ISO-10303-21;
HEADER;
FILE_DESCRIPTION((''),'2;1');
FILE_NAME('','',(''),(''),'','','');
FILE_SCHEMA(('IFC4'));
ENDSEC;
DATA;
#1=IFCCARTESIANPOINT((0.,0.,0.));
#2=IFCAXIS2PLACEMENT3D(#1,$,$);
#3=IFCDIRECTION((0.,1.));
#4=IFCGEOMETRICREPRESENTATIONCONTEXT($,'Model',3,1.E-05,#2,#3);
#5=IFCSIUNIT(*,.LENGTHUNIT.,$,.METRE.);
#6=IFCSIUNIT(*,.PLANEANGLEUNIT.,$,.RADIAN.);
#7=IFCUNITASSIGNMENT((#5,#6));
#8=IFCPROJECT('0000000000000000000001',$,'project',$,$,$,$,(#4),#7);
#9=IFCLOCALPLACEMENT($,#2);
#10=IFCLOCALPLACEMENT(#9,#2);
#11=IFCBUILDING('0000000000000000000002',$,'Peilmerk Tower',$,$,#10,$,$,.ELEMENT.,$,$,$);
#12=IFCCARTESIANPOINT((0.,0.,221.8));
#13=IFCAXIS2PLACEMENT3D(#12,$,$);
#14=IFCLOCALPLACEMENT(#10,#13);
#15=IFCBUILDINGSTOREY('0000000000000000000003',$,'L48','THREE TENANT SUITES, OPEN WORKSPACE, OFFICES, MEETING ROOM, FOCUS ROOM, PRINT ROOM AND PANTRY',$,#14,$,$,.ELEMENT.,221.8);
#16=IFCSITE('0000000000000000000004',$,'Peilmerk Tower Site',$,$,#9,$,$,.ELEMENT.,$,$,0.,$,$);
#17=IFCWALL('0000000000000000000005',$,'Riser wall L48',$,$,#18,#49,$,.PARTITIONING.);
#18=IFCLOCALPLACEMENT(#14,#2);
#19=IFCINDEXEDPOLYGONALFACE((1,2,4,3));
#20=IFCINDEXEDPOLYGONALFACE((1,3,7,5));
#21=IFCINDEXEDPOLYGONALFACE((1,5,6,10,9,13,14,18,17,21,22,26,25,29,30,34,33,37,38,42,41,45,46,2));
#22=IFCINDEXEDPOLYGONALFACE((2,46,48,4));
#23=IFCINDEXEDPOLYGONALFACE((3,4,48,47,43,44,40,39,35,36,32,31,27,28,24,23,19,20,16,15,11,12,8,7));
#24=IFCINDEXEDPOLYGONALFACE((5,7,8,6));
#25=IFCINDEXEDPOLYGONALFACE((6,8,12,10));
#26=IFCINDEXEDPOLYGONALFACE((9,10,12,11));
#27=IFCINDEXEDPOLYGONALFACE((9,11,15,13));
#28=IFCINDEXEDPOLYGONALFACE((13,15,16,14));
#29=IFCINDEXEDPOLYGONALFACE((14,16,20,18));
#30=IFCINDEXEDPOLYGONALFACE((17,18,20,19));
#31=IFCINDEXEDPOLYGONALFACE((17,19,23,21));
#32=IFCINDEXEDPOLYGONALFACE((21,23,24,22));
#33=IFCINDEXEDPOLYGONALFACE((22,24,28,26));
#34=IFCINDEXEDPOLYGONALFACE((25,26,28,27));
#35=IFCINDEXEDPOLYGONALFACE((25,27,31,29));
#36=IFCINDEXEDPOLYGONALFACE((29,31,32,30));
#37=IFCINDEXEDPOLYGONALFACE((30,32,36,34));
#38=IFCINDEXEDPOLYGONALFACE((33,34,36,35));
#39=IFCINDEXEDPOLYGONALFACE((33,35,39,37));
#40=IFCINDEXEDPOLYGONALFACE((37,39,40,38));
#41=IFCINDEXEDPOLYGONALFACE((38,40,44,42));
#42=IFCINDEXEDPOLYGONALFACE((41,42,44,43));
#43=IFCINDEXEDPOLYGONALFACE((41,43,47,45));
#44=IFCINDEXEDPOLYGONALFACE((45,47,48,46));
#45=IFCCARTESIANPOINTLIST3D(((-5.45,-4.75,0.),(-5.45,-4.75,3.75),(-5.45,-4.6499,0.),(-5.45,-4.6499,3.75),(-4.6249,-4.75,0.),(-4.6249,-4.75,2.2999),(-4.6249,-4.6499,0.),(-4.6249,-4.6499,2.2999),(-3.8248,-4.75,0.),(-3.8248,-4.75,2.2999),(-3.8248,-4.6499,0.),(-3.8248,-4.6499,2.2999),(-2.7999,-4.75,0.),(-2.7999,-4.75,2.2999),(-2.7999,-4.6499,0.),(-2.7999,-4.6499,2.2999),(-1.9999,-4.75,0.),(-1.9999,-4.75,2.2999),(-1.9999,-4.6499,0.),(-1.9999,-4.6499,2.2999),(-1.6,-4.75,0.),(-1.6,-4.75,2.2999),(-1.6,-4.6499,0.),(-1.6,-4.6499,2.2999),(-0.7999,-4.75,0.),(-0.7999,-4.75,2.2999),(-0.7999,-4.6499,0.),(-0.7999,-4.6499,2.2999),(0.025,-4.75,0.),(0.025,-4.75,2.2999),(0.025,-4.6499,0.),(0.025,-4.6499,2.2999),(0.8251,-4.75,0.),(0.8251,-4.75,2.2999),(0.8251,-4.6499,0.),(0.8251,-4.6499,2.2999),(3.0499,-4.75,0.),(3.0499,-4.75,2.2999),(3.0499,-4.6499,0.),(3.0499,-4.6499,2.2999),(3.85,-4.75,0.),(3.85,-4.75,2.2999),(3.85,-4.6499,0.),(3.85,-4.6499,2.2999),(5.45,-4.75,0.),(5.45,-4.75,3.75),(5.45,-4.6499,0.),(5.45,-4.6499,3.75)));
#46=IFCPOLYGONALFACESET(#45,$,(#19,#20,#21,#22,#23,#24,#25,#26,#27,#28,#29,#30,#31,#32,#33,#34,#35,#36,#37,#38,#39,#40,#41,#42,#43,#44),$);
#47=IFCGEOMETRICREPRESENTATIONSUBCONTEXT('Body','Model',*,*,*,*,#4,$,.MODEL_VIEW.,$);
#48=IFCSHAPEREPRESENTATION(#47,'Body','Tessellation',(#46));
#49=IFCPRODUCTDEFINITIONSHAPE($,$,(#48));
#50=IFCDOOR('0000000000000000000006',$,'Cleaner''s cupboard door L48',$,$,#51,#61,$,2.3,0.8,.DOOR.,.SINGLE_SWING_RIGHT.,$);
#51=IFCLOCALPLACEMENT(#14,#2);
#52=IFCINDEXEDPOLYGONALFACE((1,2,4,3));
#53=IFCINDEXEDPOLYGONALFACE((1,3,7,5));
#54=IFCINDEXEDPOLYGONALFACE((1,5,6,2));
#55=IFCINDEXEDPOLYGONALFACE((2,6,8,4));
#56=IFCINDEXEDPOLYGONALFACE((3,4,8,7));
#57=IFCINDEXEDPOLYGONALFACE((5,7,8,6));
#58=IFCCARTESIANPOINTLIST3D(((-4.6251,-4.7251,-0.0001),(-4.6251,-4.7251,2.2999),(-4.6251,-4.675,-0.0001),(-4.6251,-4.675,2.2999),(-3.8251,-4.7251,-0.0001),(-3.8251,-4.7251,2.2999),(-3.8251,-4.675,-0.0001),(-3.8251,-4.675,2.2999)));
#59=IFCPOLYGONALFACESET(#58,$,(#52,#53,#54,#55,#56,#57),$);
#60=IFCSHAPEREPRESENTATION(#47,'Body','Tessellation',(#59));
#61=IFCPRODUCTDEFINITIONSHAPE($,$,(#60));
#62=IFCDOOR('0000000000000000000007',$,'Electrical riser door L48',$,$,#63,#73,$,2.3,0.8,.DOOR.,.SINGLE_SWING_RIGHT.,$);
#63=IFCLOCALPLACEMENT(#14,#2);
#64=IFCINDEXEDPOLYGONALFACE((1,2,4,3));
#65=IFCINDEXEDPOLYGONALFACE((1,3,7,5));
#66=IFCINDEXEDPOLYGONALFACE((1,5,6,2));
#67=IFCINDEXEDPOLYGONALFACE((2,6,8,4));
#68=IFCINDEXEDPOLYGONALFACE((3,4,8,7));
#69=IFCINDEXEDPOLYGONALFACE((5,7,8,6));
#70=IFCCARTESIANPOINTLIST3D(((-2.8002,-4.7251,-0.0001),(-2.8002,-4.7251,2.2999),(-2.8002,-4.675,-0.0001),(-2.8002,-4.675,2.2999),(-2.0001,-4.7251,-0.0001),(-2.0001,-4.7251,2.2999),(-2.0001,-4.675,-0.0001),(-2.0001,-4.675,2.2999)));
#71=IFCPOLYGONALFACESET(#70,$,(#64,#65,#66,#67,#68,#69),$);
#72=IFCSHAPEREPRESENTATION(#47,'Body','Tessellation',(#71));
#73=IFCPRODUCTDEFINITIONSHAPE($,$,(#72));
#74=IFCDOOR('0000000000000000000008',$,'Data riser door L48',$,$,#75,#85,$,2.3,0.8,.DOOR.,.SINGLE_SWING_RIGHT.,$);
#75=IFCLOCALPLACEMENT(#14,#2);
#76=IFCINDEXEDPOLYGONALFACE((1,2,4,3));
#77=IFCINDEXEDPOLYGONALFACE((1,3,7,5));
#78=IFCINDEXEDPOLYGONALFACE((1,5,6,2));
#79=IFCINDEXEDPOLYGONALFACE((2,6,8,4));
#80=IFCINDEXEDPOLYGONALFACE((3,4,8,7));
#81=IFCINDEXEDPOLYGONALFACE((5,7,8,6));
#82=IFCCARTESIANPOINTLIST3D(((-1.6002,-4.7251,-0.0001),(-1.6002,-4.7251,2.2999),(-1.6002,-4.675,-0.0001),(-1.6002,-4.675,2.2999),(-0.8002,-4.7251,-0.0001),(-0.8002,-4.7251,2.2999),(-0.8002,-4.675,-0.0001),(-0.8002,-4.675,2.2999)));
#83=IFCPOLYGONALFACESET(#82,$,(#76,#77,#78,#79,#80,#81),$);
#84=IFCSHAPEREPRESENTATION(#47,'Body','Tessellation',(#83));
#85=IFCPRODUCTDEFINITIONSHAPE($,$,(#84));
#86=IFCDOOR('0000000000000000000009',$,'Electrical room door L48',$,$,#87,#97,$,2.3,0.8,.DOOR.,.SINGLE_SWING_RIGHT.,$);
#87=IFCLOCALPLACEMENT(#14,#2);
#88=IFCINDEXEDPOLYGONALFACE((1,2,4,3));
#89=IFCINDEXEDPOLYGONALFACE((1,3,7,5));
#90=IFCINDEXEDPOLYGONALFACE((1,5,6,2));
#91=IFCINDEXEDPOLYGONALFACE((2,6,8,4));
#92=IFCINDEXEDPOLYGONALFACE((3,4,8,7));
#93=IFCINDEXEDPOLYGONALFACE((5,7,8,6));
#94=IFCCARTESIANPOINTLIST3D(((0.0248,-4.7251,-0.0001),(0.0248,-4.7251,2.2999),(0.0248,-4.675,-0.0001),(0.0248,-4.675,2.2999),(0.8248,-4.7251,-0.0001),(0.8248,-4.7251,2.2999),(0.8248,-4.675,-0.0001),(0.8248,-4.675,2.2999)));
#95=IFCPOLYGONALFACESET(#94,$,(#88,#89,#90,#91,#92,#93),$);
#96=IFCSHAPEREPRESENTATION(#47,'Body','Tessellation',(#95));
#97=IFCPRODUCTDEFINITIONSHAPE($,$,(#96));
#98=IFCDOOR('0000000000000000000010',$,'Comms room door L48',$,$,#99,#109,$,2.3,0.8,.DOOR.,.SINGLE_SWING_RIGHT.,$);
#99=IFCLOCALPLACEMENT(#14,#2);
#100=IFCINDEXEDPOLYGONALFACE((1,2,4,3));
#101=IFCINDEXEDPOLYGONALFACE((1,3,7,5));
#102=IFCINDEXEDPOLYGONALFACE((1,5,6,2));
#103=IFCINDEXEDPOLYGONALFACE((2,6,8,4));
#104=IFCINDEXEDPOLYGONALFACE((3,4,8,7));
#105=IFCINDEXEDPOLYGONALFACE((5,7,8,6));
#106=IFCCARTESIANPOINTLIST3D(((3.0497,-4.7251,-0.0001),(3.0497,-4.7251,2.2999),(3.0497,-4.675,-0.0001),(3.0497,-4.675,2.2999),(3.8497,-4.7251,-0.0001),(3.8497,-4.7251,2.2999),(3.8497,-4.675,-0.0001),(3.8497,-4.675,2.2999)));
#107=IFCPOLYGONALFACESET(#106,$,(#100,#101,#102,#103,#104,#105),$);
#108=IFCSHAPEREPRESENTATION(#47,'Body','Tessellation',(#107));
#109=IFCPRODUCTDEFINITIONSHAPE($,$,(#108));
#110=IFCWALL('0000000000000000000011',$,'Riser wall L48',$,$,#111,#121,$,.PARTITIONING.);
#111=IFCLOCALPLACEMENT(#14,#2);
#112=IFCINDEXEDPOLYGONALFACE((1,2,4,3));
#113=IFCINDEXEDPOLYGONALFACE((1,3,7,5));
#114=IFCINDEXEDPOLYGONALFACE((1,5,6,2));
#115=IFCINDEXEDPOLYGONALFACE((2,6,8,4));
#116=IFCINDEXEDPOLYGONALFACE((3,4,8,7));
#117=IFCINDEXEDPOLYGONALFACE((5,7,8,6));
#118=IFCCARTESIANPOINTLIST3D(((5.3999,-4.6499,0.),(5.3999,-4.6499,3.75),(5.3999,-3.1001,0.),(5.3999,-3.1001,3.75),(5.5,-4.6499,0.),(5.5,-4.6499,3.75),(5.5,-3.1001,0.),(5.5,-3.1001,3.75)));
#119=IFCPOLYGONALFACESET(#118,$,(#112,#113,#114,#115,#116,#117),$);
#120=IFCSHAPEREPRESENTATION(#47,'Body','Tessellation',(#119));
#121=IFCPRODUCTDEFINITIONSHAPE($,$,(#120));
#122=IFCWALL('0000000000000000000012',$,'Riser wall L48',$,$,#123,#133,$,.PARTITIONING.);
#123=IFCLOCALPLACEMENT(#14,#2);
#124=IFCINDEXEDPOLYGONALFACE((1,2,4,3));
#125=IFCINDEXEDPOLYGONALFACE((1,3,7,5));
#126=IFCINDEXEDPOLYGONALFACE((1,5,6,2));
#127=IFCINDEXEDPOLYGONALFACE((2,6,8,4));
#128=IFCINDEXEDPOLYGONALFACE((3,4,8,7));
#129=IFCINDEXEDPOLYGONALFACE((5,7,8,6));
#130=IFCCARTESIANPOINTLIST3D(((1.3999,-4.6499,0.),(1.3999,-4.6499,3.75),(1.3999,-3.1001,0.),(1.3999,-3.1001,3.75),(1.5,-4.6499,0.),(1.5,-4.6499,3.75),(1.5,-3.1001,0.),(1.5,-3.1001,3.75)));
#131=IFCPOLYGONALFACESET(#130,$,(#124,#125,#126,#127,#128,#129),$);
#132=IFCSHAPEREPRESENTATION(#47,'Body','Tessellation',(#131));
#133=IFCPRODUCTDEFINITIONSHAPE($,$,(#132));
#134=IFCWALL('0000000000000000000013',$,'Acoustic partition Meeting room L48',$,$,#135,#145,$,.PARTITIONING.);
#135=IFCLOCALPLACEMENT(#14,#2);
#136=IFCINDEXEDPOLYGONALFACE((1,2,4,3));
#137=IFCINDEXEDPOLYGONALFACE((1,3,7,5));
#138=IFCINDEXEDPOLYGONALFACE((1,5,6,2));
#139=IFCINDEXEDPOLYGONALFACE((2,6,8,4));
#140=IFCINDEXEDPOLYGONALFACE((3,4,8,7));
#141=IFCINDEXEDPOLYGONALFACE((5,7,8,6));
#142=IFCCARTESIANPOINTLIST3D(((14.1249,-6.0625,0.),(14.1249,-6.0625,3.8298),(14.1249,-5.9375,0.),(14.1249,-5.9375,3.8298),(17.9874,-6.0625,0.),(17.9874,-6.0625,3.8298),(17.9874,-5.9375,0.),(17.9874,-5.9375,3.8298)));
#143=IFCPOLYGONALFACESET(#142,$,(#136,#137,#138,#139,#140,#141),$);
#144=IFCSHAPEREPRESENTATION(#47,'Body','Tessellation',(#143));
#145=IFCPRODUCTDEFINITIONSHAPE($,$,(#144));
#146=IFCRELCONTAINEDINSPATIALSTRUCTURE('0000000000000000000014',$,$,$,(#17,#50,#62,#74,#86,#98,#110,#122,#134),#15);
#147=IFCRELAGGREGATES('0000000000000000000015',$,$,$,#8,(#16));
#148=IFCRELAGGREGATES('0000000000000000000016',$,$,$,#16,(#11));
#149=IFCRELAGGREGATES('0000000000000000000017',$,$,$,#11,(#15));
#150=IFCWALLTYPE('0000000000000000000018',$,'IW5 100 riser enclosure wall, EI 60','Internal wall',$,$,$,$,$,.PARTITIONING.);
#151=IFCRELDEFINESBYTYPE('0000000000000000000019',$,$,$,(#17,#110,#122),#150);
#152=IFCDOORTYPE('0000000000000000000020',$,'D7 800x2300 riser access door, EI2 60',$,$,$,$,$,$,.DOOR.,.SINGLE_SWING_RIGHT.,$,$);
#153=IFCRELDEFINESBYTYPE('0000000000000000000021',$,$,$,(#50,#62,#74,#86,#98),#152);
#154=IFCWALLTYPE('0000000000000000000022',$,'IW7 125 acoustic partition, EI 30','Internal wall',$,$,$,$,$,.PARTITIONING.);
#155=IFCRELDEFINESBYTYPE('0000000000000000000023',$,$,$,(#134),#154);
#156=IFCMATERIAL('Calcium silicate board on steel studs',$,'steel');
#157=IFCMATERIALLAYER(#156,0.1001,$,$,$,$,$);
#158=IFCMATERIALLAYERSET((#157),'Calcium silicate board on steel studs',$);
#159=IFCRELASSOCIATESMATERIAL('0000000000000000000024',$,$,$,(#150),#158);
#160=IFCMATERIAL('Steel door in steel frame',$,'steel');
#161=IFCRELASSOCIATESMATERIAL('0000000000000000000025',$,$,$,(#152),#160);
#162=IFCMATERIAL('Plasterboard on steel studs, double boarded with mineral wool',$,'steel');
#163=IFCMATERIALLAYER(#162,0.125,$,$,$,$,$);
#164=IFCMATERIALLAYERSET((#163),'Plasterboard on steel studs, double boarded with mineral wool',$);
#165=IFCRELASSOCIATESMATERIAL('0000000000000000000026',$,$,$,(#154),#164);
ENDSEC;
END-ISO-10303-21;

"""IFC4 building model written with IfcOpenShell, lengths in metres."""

from ifc_helpers import new_model, si_unit, direction, frame, frame_2d, origin, place, context, subcontext, project, spatial, rectangle, extrude, material, layer, layer_set, type_object, element, fill, save


model = new_model("IFC4")

# Units and contexts
model_context = context("Model", 3, precision=1e-05, world=origin(), true_north=direction((0.0, 1.0)))
body_context = subcontext(model_context, "Body", "Model", "MODEL_VIEW")
ifc_project = project(units=[si_unit("LENGTHUNIT", "METRE"), si_unit("PLANEANGLEUNIT", "RADIAN")], contexts=[model_context])

# Site, building, storey
site_placement = place(None, origin())
site = spatial("IfcSite", under=ifc_project, at=site_placement, Name="Peilmerk Tower Site", CompositionType="ELEMENT", RefElevation=0.0)
building_placement = place(site_placement, origin())
building = spatial("IfcBuilding", under=site, at=building_placement, Name="Peilmerk Tower", CompositionType="ELEMENT")
storey_placement = place(building_placement, frame((0.0, 0.0, 221.8)))
storey = spatial("IfcBuildingStorey", under=building, at=storey_placement, Name="L48", Description="THREE TENANT SUITES, OPEN WORKSPACE, OFFICES, MEETING ROOM, FOCUS ROOM, PRINT ROOM AND PANTRY", CompositionType="ELEMENT", Elevation=221.8)

# Shared definitions
ifc_material_1 = material(Name="Steel door in steel frame", Category="steel")

# Shared definitions
ifc_material_2 = material(Name="Calcium silicate board on steel studs", Category="steel")
ifc_layer_1 = layer(ifc_material_2, 0.1001)
ifc_layer_set_1 = layer_set([ifc_layer_1], Name="Calcium silicate board on steel studs")
wall_type_1 = type_object("IfcWallType", Name="IW5 100 riser enclosure wall, EI 60", Description="Internal wall", PredefinedType="PARTITIONING", material=ifc_layer_set_1)

# Wall, openings, doors
wall_1_placement = place(storey_placement, frame((5.45, -4.7, 0.0), z_axis=(0.0, 0.0, 1.0), x_axis=(-1.0, 0.0, 0.0)))
wall_1 = element("IfcWall", 1, at=wall_1_placement, inside=storey, type_object=wall_type_1, Name="Riser wall L48", PredefinedType="PARTITIONING", context=body_context, shape_type="SweptSolid", body=[
    extrude(rectangle(XDim=10.8999, YDim=0.1001, at=frame_2d((5.45, 0.0))), origin(), (0.0, 0.0, 1.0), 3.75),
])
opening_1_placement = place(wall_1_placement, frame((9.2749, 0.0, 0.0)))
opening_1 = element("IfcOpeningElement", 2, at=opening_1_placement, cuts=wall_1, PredefinedType="OPENING", context=body_context, shape_type="SweptSolid", body=[
    extrude(rectangle(XDim=0.8, YDim=2.3, at=frame_2d((0.3999, 1.1499))), frame((0.0, 0.0601, 0.0), z_axis=(0.0, -1.0, 0.0), x_axis=(1.0, 0.0, 0.0)), (0.0, 0.0, 1.0), 0.1201),
])
opening_2_placement = place(wall_1_placement, frame((7.45, 0.0, 0.0)))
opening_2 = element("IfcOpeningElement", 3, at=opening_2_placement, cuts=wall_1, PredefinedType="OPENING", context=body_context, shape_type="SweptSolid", body=[
    extrude(rectangle(XDim=0.8, YDim=2.3, at=frame_2d((0.3999, 1.1499))), frame((0.0, 0.0601, 0.0), z_axis=(0.0, -1.0, 0.0), x_axis=(1.0, 0.0, 0.0)), (0.0, 0.0, 1.0), 0.1201),
])
opening_3_placement = place(wall_1_placement, frame((6.25, 0.0, 0.0)))
opening_3 = element("IfcOpeningElement", 4, at=opening_3_placement, cuts=wall_1, PredefinedType="OPENING", context=body_context, shape_type="SweptSolid", body=[
    extrude(rectangle(XDim=0.8, YDim=2.3, at=frame_2d((0.3999, 1.1499))), frame((0.0, 0.0601, 0.0), z_axis=(0.0, -1.0, 0.0), x_axis=(1.0, 0.0, 0.0)), (0.0, 0.0, 1.0), 0.1201),
])
opening_4_placement = place(wall_1_placement, frame((4.625, 0.0, 0.0)))
opening_4 = element("IfcOpeningElement", 5, at=opening_4_placement, cuts=wall_1, PredefinedType="OPENING", context=body_context, shape_type="SweptSolid", body=[
    extrude(rectangle(XDim=0.8, YDim=2.3, at=frame_2d((0.3999, 1.1499))), frame((0.0, 0.0601, 0.0), z_axis=(0.0, -1.0, 0.0), x_axis=(1.0, 0.0, 0.0)), (0.0, 0.0, 1.0), 0.1201),
])
opening_5_placement = place(wall_1_placement, frame((1.6001, 0.0, 0.0)))
opening_5 = element("IfcOpeningElement", 6, at=opening_5_placement, cuts=wall_1, PredefinedType="OPENING", context=body_context, shape_type="SweptSolid", body=[
    extrude(rectangle(XDim=0.8, YDim=2.3, at=frame_2d((0.3999, 1.1499))), frame((0.0, 0.0601, 0.0), z_axis=(0.0, -1.0, 0.0), x_axis=(1.0, 0.0, 0.0)), (0.0, 0.0, 1.0), 0.1201),
])
door_type_1 = type_object("IfcDoorType", Name="D7 800x2300 riser access door, EI2 60", OperationType="SINGLE_SWING_RIGHT", PredefinedType="DOOR", material=ifc_material_1)
door_1_placement = place(opening_1_placement, frame((0.8, 0.0, 0.0), z_axis=(0.0, 0.0, 1.0), x_axis=(-1.0, 0.0, 0.0)))
door_1 = element("IfcDoor", 7, at=door_1_placement, inside=storey, type_object=door_type_1, Name="Cleaner's cupboard door L48", OperationType="SINGLE_SWING_RIGHT", OverallHeight=2.3, OverallWidth=0.8, PredefinedType="DOOR", context=body_context, shape_type="SweptSolid", body=[
    extrude(rectangle(XDim=0.8, YDim=2.3, at=frame_2d((0.3999, 1.1499))), frame((0.0, 0.0249, 0.0), z_axis=(0.0, -1.0, 0.0), x_axis=(1.0, 0.0, 0.0)), (0.0, 0.0, 1.0), 0.05),
])
fill(opening_1, door_1)
door_2_placement = place(opening_2_placement, frame((0.8, 0.0, 0.0), z_axis=(0.0, 0.0, 1.0), x_axis=(-1.0, 0.0, 0.0)))
door_2 = element("IfcDoor", 8, at=door_2_placement, inside=storey, type_object=door_type_1, Name="Electrical riser door L48", OperationType="SINGLE_SWING_RIGHT", OverallHeight=2.3, OverallWidth=0.8, PredefinedType="DOOR", context=body_context, shape_type="SweptSolid", body=[
    extrude(rectangle(XDim=0.8, YDim=2.3, at=frame_2d((0.3999, 1.1499))), frame((0.0, 0.0249, 0.0), z_axis=(0.0, -1.0, 0.0), x_axis=(1.0, 0.0, 0.0)), (0.0, 0.0, 1.0), 0.05),
])
fill(opening_2, door_2)
door_3_placement = place(opening_3_placement, frame((0.8, 0.0, 0.0), z_axis=(0.0, 0.0, 1.0), x_axis=(-1.0, 0.0, 0.0)))
door_3 = element("IfcDoor", 9, at=door_3_placement, inside=storey, type_object=door_type_1, Name="Data riser door L48", OperationType="SINGLE_SWING_RIGHT", OverallHeight=2.3, OverallWidth=0.8, PredefinedType="DOOR", context=body_context, shape_type="SweptSolid", body=[
    extrude(rectangle(XDim=0.8, YDim=2.3, at=frame_2d((0.3999, 1.1499))), frame((0.0, 0.0249, 0.0), z_axis=(0.0, -1.0, 0.0), x_axis=(1.0, 0.0, 0.0)), (0.0, 0.0, 1.0), 0.05),
])
fill(opening_3, door_3)
door_4_placement = place(opening_4_placement, frame((0.8, 0.0, 0.0), z_axis=(0.0, 0.0, 1.0), x_axis=(-1.0, 0.0, 0.0)))
door_4 = element("IfcDoor", 10, at=door_4_placement, inside=storey, type_object=door_type_1, Name="Electrical room door L48", OperationType="SINGLE_SWING_RIGHT", OverallHeight=2.3, OverallWidth=0.8, PredefinedType="DOOR", context=body_context, shape_type="SweptSolid", body=[
    extrude(rectangle(XDim=0.8, YDim=2.3, at=frame_2d((0.3999, 1.1499))), frame((0.0, 0.0249, 0.0), z_axis=(0.0, -1.0, 0.0), x_axis=(1.0, 0.0, 0.0)), (0.0, 0.0, 1.0), 0.05),
])
fill(opening_4, door_4)
door_5_placement = place(opening_5_placement, frame((0.8, 0.0, 0.0), z_axis=(0.0, 0.0, 1.0), x_axis=(-1.0, 0.0, 0.0)))
door_5 = element("IfcDoor", 11, at=door_5_placement, inside=storey, type_object=door_type_1, Name="Comms room door L48", OperationType="SINGLE_SWING_RIGHT", OverallHeight=2.3, OverallWidth=0.8, PredefinedType="DOOR", context=body_context, shape_type="SweptSolid", body=[
    extrude(rectangle(XDim=0.8, YDim=2.3, at=frame_2d((0.3999, 1.1499))), frame((0.0, 0.0249, 0.0), z_axis=(0.0, -1.0, 0.0), x_axis=(1.0, 0.0, 0.0)), (0.0, 0.0, 1.0), 0.05),
])
fill(opening_5, door_5)

# Walls
for number, where, z_axis, x_axis, name in (
    (12, (5.45, -3.1001, 0.0), (0.0, 0.0, 1.0), (0.0, -1.0, 0.0), "Riser wall L48"),
    (13, (1.45, -3.1001, 0.0), (0.0, 0.0, 1.0), (0.0, -1.0, 0.0), "Riser wall L48"),
):
    element("IfcWall", number, at=place(storey_placement, frame(where, z_axis=z_axis, x_axis=x_axis)), inside=storey, type_object=wall_type_1, Name=name, PredefinedType="PARTITIONING", context=body_context, shape_type="SweptSolid", body=[
        extrude(rectangle(XDim=1.5498, YDim=0.1001, at=frame_2d((0.7749, 0.0))), origin(), (0.0, 0.0, 1.0), 3.75),
    ])
ifc_material_3 = material(Name="Plasterboard on steel studs, double boarded with mineral wool", Category="steel")
ifc_layer_2 = layer(ifc_material_3, 0.125)
ifc_layer_set_2 = layer_set([ifc_layer_2], Name="Plasterboard on steel studs, double boarded with mineral wool")
wall_type_2 = type_object("IfcWallType", Name="IW7 125 acoustic partition, EI 30", Description="Internal wall", PredefinedType="PARTITIONING", material=ifc_layer_set_2)
wall_2_placement = place(storey_placement, frame((14.125, -6.0, 0.0), z_axis=(0.0, 0.0, 1.0), x_axis=(1.0, 0.0, 0.0)))
element("IfcWall", 14, at=wall_2_placement, inside=storey, type_object=wall_type_2, Name="Acoustic partition Meeting room L48", PredefinedType="PARTITIONING", context=body_context, shape_type="SweptSolid", body=[
    extrude(rectangle(XDim=3.8625, YDim=0.125, at=frame_2d((1.9312, 0.0))), origin(), (0.0, 0.0, 1.0), 3.8298),
])

save(model, "model.ifc")
